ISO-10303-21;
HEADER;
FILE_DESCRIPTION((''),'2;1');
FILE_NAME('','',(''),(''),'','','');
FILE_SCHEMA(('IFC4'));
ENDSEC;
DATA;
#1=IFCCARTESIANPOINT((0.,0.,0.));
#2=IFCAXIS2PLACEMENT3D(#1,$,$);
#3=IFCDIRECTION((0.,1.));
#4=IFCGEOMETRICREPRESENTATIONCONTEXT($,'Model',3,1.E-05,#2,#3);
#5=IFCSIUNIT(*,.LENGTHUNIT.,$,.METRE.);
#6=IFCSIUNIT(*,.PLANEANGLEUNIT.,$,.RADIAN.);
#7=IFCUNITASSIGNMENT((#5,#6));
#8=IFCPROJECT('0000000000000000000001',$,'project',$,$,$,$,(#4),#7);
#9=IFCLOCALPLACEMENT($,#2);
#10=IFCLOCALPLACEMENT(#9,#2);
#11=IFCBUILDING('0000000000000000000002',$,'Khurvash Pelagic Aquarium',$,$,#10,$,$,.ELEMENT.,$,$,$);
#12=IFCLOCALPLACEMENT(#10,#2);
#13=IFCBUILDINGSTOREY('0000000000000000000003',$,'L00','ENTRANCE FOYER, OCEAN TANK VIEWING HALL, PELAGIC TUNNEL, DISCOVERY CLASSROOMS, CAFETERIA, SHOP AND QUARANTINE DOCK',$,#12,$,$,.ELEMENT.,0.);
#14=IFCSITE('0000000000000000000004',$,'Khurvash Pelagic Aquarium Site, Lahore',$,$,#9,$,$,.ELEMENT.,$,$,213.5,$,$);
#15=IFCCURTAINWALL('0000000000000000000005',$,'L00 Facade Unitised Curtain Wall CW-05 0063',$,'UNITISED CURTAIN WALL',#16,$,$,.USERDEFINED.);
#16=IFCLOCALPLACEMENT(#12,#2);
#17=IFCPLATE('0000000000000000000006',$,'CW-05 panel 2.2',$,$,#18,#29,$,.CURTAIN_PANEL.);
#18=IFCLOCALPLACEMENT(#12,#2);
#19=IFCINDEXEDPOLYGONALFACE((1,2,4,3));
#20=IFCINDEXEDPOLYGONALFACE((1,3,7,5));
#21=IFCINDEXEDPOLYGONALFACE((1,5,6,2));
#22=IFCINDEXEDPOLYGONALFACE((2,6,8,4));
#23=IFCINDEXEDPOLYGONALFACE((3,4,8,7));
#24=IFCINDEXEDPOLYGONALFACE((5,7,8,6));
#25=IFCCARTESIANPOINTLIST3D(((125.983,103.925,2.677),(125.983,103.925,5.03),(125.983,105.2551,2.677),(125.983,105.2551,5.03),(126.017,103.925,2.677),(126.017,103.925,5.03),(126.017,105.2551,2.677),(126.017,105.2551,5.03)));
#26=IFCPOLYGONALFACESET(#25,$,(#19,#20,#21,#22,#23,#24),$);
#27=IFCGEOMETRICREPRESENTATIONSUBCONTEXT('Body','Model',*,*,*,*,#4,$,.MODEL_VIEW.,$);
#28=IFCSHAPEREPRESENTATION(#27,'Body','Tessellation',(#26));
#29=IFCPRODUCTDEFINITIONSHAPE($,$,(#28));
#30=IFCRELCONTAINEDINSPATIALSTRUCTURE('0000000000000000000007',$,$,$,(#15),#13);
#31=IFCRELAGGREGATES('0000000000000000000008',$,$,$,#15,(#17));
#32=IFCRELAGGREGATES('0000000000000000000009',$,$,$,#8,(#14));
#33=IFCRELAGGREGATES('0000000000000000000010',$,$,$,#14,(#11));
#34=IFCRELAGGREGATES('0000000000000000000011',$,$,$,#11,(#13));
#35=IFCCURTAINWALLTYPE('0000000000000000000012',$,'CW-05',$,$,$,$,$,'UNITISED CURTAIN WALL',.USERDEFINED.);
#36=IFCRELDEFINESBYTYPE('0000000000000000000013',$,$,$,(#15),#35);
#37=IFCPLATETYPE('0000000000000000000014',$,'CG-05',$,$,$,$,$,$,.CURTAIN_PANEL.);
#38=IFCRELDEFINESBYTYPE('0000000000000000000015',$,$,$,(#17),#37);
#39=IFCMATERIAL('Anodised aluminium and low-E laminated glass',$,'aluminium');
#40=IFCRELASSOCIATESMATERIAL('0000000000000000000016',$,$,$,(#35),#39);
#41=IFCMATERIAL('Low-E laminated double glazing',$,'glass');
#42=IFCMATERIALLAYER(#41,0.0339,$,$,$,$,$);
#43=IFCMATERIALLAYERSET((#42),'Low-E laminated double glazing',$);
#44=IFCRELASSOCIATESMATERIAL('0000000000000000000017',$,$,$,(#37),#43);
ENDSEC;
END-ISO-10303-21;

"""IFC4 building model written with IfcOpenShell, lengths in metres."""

from ifc_helpers import new_model, si_unit, direction, frame, origin, origin_2d, place, context, subcontext, project, spatial, rectangle, extrude, material, layer, layer_set, type_object, element, aggregate, save


model = new_model("IFC4")

# Units and contexts
model_context = context("Model", 3, precision=1e-05, world=origin(), true_north=direction((0.0, 1.0)))
body_context = subcontext(model_context, "Body", "Model", "MODEL_VIEW")
ifc_project = project(units=[si_unit("LENGTHUNIT", "METRE"), si_unit("PLANEANGLEUNIT", "RADIAN")], contexts=[model_context])

# Site, building, storey
site_placement = place(None, origin())
site = spatial("IfcSite", under=ifc_project, at=site_placement, Name="Khurvash Pelagic Aquarium Site, Lahore", CompositionType="ELEMENT", RefElevation=213.5)
building_placement = place(site_placement, origin())
building = spatial("IfcBuilding", under=site, at=building_placement, Name="Khurvash Pelagic Aquarium", CompositionType="ELEMENT")
storey_placement = place(building_placement, origin())
storey = spatial("IfcBuildingStorey", under=building, at=storey_placement, Name="L00", Description="ENTRANCE FOYER, OCEAN TANK VIEWING HALL, PELAGIC TUNNEL, DISCOVERY CLASSROOMS, CAFETERIA, SHOP AND QUARANTINE DOCK", CompositionType="ELEMENT", Elevation=0.0)

# Curtain wall
ifc_material_1 = material(Name="Anodised aluminium and low-E laminated glass", Category="aluminium")
curtain_wall_type = type_object("IfcCurtainWallType", Name="CW-05", ElementType="UNITISED CURTAIN WALL", PredefinedType="USERDEFINED", material=ifc_material_1)
curtain_wall_1_placement = place(storey_placement, origin())
curtain_wall_1 = element("IfcCurtainWall", 1, at=curtain_wall_1_placement, inside=storey, type_object=curtain_wall_type, Name="L00 Facade Unitised Curtain Wall CW-05 0063", ObjectType="UNITISED CURTAIN WALL", PredefinedType="USERDEFINED")

# Plate
ifc_material_2 = material(Name="Low-E laminated double glazing", Category="glass")
ifc_layer = layer(ifc_material_2, 0.0339)
ifc_layer_set = layer_set([ifc_layer], Name="Low-E laminated double glazing")
plate_type = type_object("IfcPlateType", Name="CG-05", PredefinedType="CURTAIN_PANEL", material=ifc_layer_set)
plate_1_placement = place(storey_placement, frame((126.0, 104.5901, 2.677), z_axis=(0.0, 0.0, 1.0), x_axis=(0.0, 1.0, 0.0)))
plate_1 = element("IfcPlate", 2, at=plate_1_placement, type_object=plate_type, Name="CW-05 panel 2.2", PredefinedType="CURTAIN_PANEL", context=body_context, shape_type="SweptSolid", body=[
    extrude(rectangle(XDim=1.3301, YDim=0.0339, at=origin_2d()), origin(), (0.0, 0.0, 1.0), 2.353),
])
aggregate(curtain_wall_1, [plate_1])

save(model, "model.ifc")
